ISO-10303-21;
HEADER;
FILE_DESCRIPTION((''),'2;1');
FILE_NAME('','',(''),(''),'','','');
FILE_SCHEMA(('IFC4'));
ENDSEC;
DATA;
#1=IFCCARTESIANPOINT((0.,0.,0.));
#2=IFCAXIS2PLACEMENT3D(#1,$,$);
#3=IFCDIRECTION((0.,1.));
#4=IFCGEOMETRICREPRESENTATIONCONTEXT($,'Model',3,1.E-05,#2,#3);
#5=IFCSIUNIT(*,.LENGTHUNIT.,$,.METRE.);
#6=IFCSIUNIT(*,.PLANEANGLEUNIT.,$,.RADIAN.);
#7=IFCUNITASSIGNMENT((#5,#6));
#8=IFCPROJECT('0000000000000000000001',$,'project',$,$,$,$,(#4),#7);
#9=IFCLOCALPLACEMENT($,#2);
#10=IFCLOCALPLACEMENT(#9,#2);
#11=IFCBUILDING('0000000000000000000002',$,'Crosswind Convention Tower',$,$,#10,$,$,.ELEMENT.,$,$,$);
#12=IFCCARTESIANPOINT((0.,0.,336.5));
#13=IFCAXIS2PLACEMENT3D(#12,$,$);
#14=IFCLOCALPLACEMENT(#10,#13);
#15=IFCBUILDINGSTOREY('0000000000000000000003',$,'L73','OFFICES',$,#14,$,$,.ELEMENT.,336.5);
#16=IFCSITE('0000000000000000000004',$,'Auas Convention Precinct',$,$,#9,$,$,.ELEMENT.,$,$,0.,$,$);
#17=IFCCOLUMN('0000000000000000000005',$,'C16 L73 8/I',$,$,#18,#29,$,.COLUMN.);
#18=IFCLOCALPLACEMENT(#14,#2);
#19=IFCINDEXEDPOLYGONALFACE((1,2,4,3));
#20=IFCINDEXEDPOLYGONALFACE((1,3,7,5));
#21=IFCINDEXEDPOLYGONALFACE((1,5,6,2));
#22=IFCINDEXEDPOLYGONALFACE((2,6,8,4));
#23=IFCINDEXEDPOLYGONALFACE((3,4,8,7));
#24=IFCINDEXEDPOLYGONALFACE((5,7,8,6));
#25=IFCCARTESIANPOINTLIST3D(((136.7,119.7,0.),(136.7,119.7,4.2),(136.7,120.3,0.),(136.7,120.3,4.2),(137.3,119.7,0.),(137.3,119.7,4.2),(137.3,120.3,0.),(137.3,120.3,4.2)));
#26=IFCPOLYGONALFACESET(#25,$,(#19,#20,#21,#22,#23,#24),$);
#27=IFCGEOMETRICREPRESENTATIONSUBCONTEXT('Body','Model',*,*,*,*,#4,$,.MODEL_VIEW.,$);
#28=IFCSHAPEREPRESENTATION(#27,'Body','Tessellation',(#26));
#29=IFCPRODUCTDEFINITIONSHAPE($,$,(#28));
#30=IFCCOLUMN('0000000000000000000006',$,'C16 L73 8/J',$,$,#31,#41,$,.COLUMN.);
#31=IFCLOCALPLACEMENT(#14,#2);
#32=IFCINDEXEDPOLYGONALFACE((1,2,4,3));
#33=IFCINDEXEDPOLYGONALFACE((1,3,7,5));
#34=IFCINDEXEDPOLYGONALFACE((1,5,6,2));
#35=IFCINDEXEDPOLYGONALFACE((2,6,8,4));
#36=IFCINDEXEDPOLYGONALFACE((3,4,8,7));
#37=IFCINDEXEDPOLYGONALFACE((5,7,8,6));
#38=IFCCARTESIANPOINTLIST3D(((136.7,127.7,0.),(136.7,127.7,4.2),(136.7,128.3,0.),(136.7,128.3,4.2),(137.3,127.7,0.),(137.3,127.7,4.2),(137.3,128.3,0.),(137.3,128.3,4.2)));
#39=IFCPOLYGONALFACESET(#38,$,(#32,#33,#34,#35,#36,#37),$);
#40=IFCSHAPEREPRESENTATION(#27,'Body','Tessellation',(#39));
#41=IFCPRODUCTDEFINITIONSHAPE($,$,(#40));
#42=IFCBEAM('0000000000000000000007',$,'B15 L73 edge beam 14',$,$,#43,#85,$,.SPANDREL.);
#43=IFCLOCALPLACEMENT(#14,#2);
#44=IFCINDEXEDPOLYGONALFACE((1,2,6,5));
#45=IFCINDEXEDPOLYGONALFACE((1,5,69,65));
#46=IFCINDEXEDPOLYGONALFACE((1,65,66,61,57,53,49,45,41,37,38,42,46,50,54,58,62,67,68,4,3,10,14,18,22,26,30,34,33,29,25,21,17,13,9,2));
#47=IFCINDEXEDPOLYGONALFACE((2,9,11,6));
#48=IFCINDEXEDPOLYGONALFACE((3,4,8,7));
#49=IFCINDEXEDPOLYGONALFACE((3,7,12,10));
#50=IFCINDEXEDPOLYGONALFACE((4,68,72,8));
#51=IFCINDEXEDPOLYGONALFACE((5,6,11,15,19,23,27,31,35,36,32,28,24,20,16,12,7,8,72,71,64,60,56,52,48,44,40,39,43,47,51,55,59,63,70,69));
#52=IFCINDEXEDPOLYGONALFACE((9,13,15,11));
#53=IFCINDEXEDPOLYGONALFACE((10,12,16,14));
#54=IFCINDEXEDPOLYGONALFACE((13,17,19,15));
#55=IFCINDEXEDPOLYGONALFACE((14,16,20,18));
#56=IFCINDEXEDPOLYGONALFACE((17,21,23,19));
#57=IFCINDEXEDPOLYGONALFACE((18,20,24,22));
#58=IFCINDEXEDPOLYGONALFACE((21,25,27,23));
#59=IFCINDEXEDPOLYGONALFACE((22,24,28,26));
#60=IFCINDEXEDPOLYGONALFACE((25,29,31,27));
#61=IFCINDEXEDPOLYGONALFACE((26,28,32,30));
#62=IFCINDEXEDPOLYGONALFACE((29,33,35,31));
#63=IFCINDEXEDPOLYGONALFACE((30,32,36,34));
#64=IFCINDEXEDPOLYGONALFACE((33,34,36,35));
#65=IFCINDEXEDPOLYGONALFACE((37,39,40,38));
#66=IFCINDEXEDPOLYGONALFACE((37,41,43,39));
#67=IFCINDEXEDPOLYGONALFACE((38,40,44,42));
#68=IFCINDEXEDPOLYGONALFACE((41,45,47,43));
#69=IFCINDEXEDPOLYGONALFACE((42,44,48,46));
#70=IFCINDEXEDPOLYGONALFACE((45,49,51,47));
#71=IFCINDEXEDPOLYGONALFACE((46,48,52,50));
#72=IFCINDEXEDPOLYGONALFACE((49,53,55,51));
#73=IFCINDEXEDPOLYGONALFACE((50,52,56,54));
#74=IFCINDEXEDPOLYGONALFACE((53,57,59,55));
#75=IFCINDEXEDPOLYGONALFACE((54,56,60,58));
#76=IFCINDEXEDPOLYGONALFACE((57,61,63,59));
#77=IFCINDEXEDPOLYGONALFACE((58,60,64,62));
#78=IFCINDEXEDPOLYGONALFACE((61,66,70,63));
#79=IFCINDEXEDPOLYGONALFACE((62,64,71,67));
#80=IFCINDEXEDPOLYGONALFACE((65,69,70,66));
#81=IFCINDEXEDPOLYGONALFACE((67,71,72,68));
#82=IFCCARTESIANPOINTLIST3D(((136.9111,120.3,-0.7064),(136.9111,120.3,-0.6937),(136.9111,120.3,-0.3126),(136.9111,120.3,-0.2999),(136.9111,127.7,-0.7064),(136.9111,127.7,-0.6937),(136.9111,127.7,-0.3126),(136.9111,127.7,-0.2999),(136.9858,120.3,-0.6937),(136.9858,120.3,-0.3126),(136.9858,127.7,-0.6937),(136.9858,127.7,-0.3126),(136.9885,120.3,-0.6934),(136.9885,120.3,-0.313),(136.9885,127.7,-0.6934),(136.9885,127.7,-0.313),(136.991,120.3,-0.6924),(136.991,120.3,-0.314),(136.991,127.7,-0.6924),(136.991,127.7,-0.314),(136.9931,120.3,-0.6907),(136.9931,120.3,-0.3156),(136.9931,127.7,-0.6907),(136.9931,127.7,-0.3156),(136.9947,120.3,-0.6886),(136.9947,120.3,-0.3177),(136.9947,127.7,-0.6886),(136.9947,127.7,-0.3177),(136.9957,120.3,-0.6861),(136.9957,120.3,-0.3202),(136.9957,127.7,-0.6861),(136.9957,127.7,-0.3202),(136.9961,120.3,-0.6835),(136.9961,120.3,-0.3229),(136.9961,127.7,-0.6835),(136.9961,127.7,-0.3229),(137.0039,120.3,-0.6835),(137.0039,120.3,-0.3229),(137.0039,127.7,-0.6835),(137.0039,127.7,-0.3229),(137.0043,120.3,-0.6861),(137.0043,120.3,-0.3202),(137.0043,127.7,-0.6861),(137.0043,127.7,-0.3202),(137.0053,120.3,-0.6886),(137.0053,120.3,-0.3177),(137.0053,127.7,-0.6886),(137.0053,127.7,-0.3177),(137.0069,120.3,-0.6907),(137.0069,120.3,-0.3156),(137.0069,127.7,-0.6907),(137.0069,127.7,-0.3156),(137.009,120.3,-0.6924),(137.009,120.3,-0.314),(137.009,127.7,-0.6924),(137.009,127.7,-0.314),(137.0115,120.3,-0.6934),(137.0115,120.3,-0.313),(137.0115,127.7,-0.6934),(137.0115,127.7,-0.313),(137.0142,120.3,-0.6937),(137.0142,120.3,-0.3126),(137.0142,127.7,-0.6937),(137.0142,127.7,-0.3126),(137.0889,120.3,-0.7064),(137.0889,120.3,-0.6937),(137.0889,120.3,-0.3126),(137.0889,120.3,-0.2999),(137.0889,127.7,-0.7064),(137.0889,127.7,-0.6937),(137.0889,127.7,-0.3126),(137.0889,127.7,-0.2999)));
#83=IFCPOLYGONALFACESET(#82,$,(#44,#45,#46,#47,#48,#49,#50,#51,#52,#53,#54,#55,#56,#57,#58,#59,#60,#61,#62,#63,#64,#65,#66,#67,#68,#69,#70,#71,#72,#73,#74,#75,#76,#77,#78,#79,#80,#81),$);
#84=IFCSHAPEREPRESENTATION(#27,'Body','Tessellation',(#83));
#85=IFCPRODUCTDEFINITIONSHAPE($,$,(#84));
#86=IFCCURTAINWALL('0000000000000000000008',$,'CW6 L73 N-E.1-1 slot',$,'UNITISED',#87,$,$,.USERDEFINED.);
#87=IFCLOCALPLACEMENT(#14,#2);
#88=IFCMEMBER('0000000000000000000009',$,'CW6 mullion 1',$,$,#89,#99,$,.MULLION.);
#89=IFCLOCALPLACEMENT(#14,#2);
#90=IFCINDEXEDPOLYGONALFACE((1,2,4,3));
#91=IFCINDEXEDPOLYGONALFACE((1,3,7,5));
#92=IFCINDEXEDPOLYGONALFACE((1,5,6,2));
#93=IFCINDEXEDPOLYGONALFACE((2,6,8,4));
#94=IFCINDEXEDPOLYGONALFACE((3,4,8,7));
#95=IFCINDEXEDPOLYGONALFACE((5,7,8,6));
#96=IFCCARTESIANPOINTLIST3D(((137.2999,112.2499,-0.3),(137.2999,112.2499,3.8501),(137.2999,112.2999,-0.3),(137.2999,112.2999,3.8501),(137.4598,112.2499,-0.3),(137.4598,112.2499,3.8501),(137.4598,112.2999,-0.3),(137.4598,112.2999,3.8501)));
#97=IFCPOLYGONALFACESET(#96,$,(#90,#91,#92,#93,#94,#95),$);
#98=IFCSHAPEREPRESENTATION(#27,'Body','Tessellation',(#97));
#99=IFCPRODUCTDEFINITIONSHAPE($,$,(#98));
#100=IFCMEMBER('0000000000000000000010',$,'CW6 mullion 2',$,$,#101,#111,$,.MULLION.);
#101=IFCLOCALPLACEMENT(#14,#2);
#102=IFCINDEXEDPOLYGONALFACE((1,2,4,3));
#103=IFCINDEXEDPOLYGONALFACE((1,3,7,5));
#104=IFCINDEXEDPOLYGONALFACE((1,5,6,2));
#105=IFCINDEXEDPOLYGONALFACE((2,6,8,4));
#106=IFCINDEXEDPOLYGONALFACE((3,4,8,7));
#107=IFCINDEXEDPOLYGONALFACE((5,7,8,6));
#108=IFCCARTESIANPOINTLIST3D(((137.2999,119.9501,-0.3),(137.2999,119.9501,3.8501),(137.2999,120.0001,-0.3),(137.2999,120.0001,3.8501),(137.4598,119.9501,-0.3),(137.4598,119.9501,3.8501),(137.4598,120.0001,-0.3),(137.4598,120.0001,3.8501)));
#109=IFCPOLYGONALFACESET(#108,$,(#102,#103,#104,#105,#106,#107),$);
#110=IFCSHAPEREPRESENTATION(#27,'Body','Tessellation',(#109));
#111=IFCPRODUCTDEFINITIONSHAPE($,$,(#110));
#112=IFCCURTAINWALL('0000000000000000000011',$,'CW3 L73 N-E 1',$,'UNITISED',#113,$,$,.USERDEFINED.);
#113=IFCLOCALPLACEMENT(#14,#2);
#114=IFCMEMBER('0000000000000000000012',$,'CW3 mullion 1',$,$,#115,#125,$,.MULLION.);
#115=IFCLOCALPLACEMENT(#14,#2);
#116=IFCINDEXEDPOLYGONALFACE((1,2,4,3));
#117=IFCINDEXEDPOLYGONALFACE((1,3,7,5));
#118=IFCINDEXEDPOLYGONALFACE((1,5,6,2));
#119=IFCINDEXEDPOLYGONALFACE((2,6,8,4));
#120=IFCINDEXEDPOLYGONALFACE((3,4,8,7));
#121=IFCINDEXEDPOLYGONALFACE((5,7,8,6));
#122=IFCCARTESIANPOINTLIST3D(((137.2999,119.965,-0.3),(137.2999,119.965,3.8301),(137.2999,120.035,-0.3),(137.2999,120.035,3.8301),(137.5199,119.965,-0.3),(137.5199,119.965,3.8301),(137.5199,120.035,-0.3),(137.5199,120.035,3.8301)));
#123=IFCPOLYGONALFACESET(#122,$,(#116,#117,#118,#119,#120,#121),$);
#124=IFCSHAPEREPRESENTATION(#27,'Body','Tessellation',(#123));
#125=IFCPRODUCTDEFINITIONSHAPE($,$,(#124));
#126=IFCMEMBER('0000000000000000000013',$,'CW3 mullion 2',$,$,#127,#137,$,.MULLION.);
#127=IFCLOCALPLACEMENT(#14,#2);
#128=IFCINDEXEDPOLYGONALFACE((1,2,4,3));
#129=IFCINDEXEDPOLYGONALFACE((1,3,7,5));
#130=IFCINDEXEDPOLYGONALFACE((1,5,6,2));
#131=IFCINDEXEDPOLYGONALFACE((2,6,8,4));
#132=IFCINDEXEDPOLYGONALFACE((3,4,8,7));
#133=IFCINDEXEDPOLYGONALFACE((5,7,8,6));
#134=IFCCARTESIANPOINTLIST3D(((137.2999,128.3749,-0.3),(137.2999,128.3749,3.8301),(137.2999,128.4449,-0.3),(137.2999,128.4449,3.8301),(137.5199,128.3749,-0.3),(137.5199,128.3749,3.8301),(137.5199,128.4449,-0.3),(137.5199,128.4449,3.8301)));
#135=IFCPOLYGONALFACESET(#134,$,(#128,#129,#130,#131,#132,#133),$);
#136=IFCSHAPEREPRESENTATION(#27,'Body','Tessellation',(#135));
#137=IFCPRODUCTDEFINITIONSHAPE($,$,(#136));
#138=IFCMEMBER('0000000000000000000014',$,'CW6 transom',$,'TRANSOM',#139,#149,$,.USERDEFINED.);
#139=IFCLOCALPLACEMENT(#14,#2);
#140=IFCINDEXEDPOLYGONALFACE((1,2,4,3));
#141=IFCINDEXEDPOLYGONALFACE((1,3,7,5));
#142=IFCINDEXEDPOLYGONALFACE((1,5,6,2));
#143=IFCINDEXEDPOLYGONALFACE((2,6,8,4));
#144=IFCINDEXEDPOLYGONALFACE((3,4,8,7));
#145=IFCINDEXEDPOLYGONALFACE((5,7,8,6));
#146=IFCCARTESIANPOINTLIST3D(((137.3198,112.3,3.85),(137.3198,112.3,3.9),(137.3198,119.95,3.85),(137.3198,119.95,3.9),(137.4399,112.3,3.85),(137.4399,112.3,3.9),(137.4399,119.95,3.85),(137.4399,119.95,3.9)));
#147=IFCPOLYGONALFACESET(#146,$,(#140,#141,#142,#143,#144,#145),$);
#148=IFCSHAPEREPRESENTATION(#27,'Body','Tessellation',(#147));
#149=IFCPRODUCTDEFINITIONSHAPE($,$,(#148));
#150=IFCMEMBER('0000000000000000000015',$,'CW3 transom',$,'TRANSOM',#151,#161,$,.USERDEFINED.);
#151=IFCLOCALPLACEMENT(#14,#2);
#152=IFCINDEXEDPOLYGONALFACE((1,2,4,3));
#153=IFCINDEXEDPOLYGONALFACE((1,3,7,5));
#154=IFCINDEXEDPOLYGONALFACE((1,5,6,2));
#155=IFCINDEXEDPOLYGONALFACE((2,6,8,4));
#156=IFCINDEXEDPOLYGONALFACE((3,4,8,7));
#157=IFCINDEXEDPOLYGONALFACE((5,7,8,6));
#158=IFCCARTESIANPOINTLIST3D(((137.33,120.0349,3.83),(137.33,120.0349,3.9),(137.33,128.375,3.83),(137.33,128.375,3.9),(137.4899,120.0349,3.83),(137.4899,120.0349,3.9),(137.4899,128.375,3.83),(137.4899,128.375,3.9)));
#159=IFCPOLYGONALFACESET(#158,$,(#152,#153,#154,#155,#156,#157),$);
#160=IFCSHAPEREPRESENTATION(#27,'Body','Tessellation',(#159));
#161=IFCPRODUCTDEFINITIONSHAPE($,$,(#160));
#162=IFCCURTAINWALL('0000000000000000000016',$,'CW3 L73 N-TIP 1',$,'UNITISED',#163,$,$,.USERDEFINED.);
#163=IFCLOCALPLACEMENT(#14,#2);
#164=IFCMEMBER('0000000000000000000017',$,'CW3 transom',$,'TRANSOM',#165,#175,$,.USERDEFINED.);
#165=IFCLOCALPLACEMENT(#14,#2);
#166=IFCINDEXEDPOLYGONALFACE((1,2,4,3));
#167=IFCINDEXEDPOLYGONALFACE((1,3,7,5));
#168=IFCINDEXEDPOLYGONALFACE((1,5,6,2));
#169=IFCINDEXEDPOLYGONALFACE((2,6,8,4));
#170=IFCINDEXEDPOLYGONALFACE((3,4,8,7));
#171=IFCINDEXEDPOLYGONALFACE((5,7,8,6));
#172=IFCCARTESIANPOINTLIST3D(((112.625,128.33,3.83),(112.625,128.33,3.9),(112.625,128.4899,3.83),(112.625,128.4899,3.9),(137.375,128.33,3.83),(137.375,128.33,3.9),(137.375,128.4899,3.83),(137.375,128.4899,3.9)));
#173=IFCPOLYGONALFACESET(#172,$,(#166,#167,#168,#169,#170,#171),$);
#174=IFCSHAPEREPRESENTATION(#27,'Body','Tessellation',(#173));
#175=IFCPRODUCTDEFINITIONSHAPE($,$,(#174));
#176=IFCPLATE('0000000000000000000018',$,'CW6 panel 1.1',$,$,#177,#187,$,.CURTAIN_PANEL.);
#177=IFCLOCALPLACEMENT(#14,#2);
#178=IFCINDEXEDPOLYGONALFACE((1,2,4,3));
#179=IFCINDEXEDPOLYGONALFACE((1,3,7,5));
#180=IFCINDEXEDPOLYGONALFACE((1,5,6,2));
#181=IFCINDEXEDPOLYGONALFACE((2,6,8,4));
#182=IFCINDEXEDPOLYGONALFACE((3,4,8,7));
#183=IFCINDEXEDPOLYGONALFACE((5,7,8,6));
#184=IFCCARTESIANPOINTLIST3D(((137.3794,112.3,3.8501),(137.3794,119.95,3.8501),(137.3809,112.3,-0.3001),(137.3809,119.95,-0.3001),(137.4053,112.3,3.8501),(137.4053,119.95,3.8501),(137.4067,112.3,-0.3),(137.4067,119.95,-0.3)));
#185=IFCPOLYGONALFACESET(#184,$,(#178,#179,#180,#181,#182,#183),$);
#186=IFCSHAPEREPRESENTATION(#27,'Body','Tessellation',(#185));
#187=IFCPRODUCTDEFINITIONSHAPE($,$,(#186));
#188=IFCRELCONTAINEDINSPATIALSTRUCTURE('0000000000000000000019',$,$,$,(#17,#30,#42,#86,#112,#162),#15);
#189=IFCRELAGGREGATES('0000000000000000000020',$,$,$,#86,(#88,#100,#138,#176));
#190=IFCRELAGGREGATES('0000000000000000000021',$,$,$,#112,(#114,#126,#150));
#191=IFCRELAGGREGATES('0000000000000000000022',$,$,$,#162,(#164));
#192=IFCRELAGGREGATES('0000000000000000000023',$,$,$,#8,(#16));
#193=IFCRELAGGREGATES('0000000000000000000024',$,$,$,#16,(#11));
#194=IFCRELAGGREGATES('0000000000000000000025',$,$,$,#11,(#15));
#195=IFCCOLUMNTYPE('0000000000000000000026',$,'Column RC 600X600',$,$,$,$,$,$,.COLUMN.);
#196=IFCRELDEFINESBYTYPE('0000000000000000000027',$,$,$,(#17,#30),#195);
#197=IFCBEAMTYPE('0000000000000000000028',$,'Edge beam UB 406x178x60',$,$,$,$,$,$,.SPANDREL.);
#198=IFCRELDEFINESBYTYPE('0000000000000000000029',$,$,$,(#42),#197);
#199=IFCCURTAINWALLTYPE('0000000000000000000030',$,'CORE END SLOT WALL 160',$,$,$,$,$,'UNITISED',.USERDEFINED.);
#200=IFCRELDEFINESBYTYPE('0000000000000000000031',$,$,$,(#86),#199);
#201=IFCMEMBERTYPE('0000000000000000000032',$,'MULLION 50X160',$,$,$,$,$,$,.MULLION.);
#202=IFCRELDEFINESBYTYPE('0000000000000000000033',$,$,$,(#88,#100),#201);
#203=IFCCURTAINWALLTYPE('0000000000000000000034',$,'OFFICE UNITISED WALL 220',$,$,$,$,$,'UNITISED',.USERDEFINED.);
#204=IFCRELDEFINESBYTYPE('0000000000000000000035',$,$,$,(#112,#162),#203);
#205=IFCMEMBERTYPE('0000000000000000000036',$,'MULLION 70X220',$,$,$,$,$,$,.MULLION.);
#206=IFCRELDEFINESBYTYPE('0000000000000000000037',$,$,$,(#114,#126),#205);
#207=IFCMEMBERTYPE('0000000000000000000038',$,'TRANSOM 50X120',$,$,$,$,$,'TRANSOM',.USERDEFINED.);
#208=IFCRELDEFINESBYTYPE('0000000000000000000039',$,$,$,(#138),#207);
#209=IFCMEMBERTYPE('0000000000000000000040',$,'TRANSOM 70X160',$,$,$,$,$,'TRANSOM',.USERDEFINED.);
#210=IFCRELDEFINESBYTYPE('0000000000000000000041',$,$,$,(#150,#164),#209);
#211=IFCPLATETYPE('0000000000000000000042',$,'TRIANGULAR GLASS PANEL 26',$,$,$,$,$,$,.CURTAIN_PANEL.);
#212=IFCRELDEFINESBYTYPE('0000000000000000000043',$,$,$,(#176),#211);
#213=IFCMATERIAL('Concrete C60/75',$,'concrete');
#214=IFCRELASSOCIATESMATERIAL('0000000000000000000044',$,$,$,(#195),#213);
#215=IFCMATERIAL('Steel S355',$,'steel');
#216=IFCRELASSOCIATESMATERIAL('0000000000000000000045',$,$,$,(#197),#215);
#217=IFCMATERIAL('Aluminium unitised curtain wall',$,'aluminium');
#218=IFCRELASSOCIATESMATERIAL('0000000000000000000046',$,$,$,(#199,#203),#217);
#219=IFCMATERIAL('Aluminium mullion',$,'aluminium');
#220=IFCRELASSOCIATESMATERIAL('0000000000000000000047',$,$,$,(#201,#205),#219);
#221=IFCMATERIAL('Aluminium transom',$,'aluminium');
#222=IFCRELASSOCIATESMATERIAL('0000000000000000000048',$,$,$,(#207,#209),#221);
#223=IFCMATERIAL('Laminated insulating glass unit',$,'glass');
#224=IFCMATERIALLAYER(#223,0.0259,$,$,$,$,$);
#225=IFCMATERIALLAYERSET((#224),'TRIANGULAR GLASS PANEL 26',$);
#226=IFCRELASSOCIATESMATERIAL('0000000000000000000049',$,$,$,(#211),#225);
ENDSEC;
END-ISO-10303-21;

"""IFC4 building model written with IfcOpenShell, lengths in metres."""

from ifc_helpers import new_model, si_unit, direction, frame, origin, origin_2d, place, context, subcontext, project, spatial, polyline, rectangle, i_section, outline, extrude, material, layer, layer_set, material_profile, profile_set, type_object, element, aggregate, save


model = new_model("IFC4")

# Units and contexts
model_context = context("Model", 3, precision=1e-05, world=origin(), true_north=direction((0.0, 1.0)))
body_context = subcontext(model_context, "Body", "Model", "MODEL_VIEW")
ifc_project = project(units=[si_unit("LENGTHUNIT", "METRE"), si_unit("PLANEANGLEUNIT", "RADIAN")], contexts=[model_context])

# Site, building, storey
site_placement = place(None, origin())
site = spatial("IfcSite", under=ifc_project, at=site_placement, Name="Auas Convention Precinct", CompositionType="ELEMENT", RefElevation=0.0)
building_placement = place(site_placement, origin())
building = spatial("IfcBuilding", under=site, at=building_placement, Name="Crosswind Convention Tower", CompositionType="ELEMENT")
storey_placement = place(building_placement, frame((0.0, 0.0, 336.5)))
storey = spatial("IfcBuildingStorey", under=building, at=storey_placement, Name="L73", Description="OFFICES", CompositionType="ELEMENT", Elevation=336.5)

# Columns
ifc_material_1 = material(Name="Concrete C60/75", Category="concrete")
ifc_material_profile_1 = material_profile(ifc_material_1, rectangle(XDim=0.6001, YDim=0.6001, at=origin_2d()), Name="RC 600X600")
ifc_profile_set_1 = profile_set([ifc_material_profile_1], Name="Concrete C60/75")
column_type = type_object("IfcColumnType", Name="Column RC 600X600", PredefinedType="COLUMN", material=ifc_profile_set_1)
for number, where, z_axis, x_axis, name in (
    (1, (137.0, 120.0, 0.0), (0.0, 0.0, 1.0), (1.0, 0.0, 0.0), "C16 L73 8/I"),
    (2, (137.0, 128.0, 0.0), (0.0, 0.0, 1.0), (1.0, 0.0, 0.0), "C16 L73 8/J"),
):
    element("IfcColumn", number, at=place(storey_placement, frame(where, z_axis=z_axis, x_axis=x_axis)), inside=storey, type_object=column_type, Name=name, PredefinedType="COLUMN", context=body_context, shape_type="SweptSolid", body=[
        extrude(rectangle(XDim=0.6001, YDim=0.6001, at=origin_2d()), origin(), (0.0, 0.0, 1.0), 4.2),
    ])

# Beam
ifc_material_2 = material(Name="Steel S355", Category="steel")
ifc_material_profile_2 = material_profile(ifc_material_2, i_section(OverallWidth=0.1777, OverallDepth=0.4065, WebThickness=0.0078, FlangeThickness=0.0127, FilletRadius=0.0103, at=origin_2d()), Name="UB 406x178x60")
ifc_profile_set_2 = profile_set([ifc_material_profile_2], Name="Steel S355")
beam_type = type_object("IfcBeamType", Name="Edge beam UB 406x178x60", PredefinedType="SPANDREL", material=ifc_profile_set_2)
beam_placement = place(storey_placement, frame((137.0, 120.3, -0.5032), z_axis=(0.0, 1.0, 0.0), x_axis=(-1.0, 0.0, 0.0)))
element("IfcBeam", 3, at=beam_placement, inside=storey, type_object=beam_type, Name="B15 L73 edge beam 14", PredefinedType="SPANDREL", context=body_context, shape_type="SweptSolid", body=[
    extrude(i_section(OverallWidth=0.1777, OverallDepth=0.4065, WebThickness=0.0078, FlangeThickness=0.0127, FilletRadius=0.0103, at=origin_2d()), origin(), (0.0, 0.0, 1.0), 7.3999),
])

# Curtain walls, members
ifc_material_3 = material(Name="Aluminium unitised curtain wall", Category="aluminium")
curtain_wall_type_1 = type_object("IfcCurtainWallType", Name="CORE END SLOT WALL 160", ElementType="UNITISED", PredefinedType="USERDEFINED", material=ifc_material_3)
curtain_wall_1_placement = place(storey_placement, origin())
curtain_wall_1 = element("IfcCurtainWall", 4, at=curtain_wall_1_placement, inside=storey, type_object=curtain_wall_type_1, Name="CW6 L73 N-E.1-1 slot", ObjectType="UNITISED", PredefinedType="USERDEFINED")
ifc_material_4 = material(Name="Aluminium mullion", Category="aluminium")
ifc_material_profile_3 = material_profile(ifc_material_4, rectangle(XDim=0.1599, YDim=0.05, at=origin_2d()), Name="AL 160X50")
ifc_profile_set_3 = profile_set([ifc_material_profile_3], Name="Aluminium mullion")
member_type_1 = type_object("IfcMemberType", Name="MULLION 50X160", PredefinedType="MULLION", material=ifc_profile_set_3)
member_1_placement = place(storey_placement, frame((137.3799, 112.2749, -0.3), z_axis=(0.0, 0.0, 1.0), x_axis=(1.0, 0.0, 0.0)))
member_1 = element("IfcMember", 5, at=member_1_placement, type_object=member_type_1, Name="CW6 mullion 1", PredefinedType="MULLION", context=body_context, shape_type="SweptSolid", body=[
    extrude(rectangle(XDim=0.1599, YDim=0.05, at=origin_2d()), origin(), (0.0, 0.0, 1.0), 4.1501),
])
member_2_placement = place(storey_placement, frame((137.3799, 119.9751, -0.3), z_axis=(0.0, 0.0, 1.0), x_axis=(1.0, 0.0, 0.0)))
member_2 = element("IfcMember", 6, at=member_2_placement, type_object=member_type_1, Name="CW6 mullion 2", PredefinedType="MULLION", context=body_context, shape_type="SweptSolid", body=[
    extrude(rectangle(XDim=0.1599, YDim=0.05, at=origin_2d()), origin(), (0.0, 0.0, 1.0), 4.1501),
])
curtain_wall_type_2 = type_object("IfcCurtainWallType", Name="OFFICE UNITISED WALL 220", ElementType="UNITISED", PredefinedType="USERDEFINED", material=ifc_material_3)
curtain_wall_2_placement = place(storey_placement, origin())
curtain_wall_2 = element("IfcCurtainWall", 7, at=curtain_wall_2_placement, inside=storey, type_object=curtain_wall_type_2, Name="CW3 L73 N-E 1", ObjectType="UNITISED", PredefinedType="USERDEFINED")
ifc_material_profile_4 = material_profile(ifc_material_4, rectangle(XDim=0.22, YDim=0.0701, at=origin_2d()), Name="AL 220X70")
ifc_profile_set_4 = profile_set([ifc_material_profile_4], Name="Aluminium mullion")
member_type_2 = type_object("IfcMemberType", Name="MULLION 70X220", PredefinedType="MULLION", material=ifc_profile_set_4)
member_3_placement = place(storey_placement, frame((137.4099, 120.0, -0.3), z_axis=(0.0, 0.0, 1.0), x_axis=(1.0, 0.0, 0.0)))
member_3 = element("IfcMember", 8, at=member_3_placement, type_object=member_type_2, Name="CW3 mullion 1", PredefinedType="MULLION", context=body_context, shape_type="SweptSolid", body=[
    extrude(rectangle(XDim=0.22, YDim=0.0701, at=origin_2d()), origin(), (0.0, 0.0, 1.0), 4.1301),
])
member_4_placement = place(storey_placement, frame((137.4099, 128.4099, -0.3), z_axis=(0.0, 0.0, 1.0), x_axis=(1.0, 0.0, 0.0)))
member_4 = element("IfcMember", 9, at=member_4_placement, type_object=member_type_2, Name="CW3 mullion 2", PredefinedType="MULLION", context=body_context, shape_type="SweptSolid", body=[
    extrude(rectangle(XDim=0.22, YDim=0.0701, at=origin_2d()), origin(), (0.0, 0.0, 1.0), 4.1301),
])

# Members
ifc_material_5 = material(Name="Aluminium transom", Category="aluminium")
ifc_material_profile_5 = material_profile(ifc_material_5, rectangle(XDim=0.1201, YDim=0.05, at=origin_2d()), Name="AL 120X50")
ifc_profile_set_5 = profile_set([ifc_material_profile_5], Name="Aluminium transom")
member_type_3 = type_object("IfcMemberType", Name="TRANSOM 50X120", ElementType="TRANSOM", PredefinedType="USERDEFINED", material=ifc_profile_set_5)
member_5_placement = place(storey_placement, frame((137.3799, 112.3, 3.875), z_axis=(0.0, 1.0, 0.0), x_axis=(-1.0, 0.0, 0.0)))
member_5 = element("IfcMember", 10, at=member_5_placement, type_object=member_type_3, Name="CW6 transom", ObjectType="TRANSOM", PredefinedType="USERDEFINED", context=body_context, shape_type="SweptSolid", body=[
    extrude(rectangle(XDim=0.1201, YDim=0.05, at=origin_2d()), origin(), (0.0, 0.0, 1.0), 7.6499),
])
ifc_material_profile_6 = material_profile(ifc_material_5, rectangle(XDim=0.1599, YDim=0.0701, at=origin_2d()), Name="AL 160X70")
ifc_profile_set_6 = profile_set([ifc_material_profile_6], Name="Aluminium transom")
member_type_4 = type_object("IfcMemberType", Name="TRANSOM 70X160", ElementType="TRANSOM", PredefinedType="USERDEFINED", material=ifc_profile_set_6)
member_6_placement = place(storey_placement, frame((137.4099, 120.0349, 3.865), z_axis=(0.0, 1.0, 0.0), x_axis=(-1.0, 0.0, 0.0)))
member_6 = element("IfcMember", 11, at=member_6_placement, type_object=member_type_4, Name="CW3 transom", ObjectType="TRANSOM", PredefinedType="USERDEFINED", context=body_context, shape_type="SweptSolid", body=[
    extrude(rectangle(XDim=0.1599, YDim=0.0701, at=origin_2d()), origin(), (0.0, 0.0, 1.0), 8.3401),
])

# Curtain wall, member
curtain_wall_3_placement = place(storey_placement, origin())
curtain_wall_3 = element("IfcCurtainWall", 12, at=curtain_wall_3_placement, inside=storey, type_object=curtain_wall_type_2, Name="CW3 L73 N-TIP 1", ObjectType="UNITISED", PredefinedType="USERDEFINED")
member_7_placement = place(storey_placement, frame((137.375, 128.4099, 3.865), z_axis=(-1.0, 0.0, 0.0), x_axis=(0.0, -1.0, 0.0)))
member_7 = element("IfcMember", 13, at=member_7_placement, type_object=member_type_4, Name="CW3 transom", ObjectType="TRANSOM", PredefinedType="USERDEFINED", context=body_context, shape_type="SweptSolid", body=[
    extrude(rectangle(XDim=0.1599, YDim=0.0701, at=origin_2d()), origin(), (0.0, 0.0, 1.0), 24.75),
])

# Plate
ifc_material_6 = material(Name="Laminated insulating glass unit", Category="glass")
ifc_layer_1 = layer(ifc_material_6, 0.0259)
ifc_layer_set_1 = layer_set([ifc_layer_1], Name="TRIANGULAR GLASS PANEL 26")
plate_type_1 = type_object("IfcPlateType", Name="TRIANGULAR GLASS PANEL 26", PredefinedType="CURTAIN_PANEL", material=ifc_layer_set_1)
plate_1_placement = place(storey_placement, frame((137.4067, 112.3, -0.3), z_axis=(1.0, 0.0, 0.000353), x_axis=(0.0, 1.0, 0.0)))
plate_1 = element("IfcPlate", 14, at=plate_1_placement, type_object=plate_type_1, Name="CW6 panel 1.1", PredefinedType="CURTAIN_PANEL", context=body_context, shape_type="SweptSolid", body=[
    extrude(outline(polyline([(0.0, 0.0), (7.6499, 0.0), (7.6499, 4.1501), (0.0, 4.1501), (0.0, 0.0)])), origin(), (0.0, 0.0, -1.0), 0.0259),
])
aggregate(curtain_wall_1, [member_1, member_2, member_5, plate_1])

aggregate(curtain_wall_2, [member_3, member_4, member_6])
aggregate(curtain_wall_3, [member_7])

save(model, "model.ifc")
